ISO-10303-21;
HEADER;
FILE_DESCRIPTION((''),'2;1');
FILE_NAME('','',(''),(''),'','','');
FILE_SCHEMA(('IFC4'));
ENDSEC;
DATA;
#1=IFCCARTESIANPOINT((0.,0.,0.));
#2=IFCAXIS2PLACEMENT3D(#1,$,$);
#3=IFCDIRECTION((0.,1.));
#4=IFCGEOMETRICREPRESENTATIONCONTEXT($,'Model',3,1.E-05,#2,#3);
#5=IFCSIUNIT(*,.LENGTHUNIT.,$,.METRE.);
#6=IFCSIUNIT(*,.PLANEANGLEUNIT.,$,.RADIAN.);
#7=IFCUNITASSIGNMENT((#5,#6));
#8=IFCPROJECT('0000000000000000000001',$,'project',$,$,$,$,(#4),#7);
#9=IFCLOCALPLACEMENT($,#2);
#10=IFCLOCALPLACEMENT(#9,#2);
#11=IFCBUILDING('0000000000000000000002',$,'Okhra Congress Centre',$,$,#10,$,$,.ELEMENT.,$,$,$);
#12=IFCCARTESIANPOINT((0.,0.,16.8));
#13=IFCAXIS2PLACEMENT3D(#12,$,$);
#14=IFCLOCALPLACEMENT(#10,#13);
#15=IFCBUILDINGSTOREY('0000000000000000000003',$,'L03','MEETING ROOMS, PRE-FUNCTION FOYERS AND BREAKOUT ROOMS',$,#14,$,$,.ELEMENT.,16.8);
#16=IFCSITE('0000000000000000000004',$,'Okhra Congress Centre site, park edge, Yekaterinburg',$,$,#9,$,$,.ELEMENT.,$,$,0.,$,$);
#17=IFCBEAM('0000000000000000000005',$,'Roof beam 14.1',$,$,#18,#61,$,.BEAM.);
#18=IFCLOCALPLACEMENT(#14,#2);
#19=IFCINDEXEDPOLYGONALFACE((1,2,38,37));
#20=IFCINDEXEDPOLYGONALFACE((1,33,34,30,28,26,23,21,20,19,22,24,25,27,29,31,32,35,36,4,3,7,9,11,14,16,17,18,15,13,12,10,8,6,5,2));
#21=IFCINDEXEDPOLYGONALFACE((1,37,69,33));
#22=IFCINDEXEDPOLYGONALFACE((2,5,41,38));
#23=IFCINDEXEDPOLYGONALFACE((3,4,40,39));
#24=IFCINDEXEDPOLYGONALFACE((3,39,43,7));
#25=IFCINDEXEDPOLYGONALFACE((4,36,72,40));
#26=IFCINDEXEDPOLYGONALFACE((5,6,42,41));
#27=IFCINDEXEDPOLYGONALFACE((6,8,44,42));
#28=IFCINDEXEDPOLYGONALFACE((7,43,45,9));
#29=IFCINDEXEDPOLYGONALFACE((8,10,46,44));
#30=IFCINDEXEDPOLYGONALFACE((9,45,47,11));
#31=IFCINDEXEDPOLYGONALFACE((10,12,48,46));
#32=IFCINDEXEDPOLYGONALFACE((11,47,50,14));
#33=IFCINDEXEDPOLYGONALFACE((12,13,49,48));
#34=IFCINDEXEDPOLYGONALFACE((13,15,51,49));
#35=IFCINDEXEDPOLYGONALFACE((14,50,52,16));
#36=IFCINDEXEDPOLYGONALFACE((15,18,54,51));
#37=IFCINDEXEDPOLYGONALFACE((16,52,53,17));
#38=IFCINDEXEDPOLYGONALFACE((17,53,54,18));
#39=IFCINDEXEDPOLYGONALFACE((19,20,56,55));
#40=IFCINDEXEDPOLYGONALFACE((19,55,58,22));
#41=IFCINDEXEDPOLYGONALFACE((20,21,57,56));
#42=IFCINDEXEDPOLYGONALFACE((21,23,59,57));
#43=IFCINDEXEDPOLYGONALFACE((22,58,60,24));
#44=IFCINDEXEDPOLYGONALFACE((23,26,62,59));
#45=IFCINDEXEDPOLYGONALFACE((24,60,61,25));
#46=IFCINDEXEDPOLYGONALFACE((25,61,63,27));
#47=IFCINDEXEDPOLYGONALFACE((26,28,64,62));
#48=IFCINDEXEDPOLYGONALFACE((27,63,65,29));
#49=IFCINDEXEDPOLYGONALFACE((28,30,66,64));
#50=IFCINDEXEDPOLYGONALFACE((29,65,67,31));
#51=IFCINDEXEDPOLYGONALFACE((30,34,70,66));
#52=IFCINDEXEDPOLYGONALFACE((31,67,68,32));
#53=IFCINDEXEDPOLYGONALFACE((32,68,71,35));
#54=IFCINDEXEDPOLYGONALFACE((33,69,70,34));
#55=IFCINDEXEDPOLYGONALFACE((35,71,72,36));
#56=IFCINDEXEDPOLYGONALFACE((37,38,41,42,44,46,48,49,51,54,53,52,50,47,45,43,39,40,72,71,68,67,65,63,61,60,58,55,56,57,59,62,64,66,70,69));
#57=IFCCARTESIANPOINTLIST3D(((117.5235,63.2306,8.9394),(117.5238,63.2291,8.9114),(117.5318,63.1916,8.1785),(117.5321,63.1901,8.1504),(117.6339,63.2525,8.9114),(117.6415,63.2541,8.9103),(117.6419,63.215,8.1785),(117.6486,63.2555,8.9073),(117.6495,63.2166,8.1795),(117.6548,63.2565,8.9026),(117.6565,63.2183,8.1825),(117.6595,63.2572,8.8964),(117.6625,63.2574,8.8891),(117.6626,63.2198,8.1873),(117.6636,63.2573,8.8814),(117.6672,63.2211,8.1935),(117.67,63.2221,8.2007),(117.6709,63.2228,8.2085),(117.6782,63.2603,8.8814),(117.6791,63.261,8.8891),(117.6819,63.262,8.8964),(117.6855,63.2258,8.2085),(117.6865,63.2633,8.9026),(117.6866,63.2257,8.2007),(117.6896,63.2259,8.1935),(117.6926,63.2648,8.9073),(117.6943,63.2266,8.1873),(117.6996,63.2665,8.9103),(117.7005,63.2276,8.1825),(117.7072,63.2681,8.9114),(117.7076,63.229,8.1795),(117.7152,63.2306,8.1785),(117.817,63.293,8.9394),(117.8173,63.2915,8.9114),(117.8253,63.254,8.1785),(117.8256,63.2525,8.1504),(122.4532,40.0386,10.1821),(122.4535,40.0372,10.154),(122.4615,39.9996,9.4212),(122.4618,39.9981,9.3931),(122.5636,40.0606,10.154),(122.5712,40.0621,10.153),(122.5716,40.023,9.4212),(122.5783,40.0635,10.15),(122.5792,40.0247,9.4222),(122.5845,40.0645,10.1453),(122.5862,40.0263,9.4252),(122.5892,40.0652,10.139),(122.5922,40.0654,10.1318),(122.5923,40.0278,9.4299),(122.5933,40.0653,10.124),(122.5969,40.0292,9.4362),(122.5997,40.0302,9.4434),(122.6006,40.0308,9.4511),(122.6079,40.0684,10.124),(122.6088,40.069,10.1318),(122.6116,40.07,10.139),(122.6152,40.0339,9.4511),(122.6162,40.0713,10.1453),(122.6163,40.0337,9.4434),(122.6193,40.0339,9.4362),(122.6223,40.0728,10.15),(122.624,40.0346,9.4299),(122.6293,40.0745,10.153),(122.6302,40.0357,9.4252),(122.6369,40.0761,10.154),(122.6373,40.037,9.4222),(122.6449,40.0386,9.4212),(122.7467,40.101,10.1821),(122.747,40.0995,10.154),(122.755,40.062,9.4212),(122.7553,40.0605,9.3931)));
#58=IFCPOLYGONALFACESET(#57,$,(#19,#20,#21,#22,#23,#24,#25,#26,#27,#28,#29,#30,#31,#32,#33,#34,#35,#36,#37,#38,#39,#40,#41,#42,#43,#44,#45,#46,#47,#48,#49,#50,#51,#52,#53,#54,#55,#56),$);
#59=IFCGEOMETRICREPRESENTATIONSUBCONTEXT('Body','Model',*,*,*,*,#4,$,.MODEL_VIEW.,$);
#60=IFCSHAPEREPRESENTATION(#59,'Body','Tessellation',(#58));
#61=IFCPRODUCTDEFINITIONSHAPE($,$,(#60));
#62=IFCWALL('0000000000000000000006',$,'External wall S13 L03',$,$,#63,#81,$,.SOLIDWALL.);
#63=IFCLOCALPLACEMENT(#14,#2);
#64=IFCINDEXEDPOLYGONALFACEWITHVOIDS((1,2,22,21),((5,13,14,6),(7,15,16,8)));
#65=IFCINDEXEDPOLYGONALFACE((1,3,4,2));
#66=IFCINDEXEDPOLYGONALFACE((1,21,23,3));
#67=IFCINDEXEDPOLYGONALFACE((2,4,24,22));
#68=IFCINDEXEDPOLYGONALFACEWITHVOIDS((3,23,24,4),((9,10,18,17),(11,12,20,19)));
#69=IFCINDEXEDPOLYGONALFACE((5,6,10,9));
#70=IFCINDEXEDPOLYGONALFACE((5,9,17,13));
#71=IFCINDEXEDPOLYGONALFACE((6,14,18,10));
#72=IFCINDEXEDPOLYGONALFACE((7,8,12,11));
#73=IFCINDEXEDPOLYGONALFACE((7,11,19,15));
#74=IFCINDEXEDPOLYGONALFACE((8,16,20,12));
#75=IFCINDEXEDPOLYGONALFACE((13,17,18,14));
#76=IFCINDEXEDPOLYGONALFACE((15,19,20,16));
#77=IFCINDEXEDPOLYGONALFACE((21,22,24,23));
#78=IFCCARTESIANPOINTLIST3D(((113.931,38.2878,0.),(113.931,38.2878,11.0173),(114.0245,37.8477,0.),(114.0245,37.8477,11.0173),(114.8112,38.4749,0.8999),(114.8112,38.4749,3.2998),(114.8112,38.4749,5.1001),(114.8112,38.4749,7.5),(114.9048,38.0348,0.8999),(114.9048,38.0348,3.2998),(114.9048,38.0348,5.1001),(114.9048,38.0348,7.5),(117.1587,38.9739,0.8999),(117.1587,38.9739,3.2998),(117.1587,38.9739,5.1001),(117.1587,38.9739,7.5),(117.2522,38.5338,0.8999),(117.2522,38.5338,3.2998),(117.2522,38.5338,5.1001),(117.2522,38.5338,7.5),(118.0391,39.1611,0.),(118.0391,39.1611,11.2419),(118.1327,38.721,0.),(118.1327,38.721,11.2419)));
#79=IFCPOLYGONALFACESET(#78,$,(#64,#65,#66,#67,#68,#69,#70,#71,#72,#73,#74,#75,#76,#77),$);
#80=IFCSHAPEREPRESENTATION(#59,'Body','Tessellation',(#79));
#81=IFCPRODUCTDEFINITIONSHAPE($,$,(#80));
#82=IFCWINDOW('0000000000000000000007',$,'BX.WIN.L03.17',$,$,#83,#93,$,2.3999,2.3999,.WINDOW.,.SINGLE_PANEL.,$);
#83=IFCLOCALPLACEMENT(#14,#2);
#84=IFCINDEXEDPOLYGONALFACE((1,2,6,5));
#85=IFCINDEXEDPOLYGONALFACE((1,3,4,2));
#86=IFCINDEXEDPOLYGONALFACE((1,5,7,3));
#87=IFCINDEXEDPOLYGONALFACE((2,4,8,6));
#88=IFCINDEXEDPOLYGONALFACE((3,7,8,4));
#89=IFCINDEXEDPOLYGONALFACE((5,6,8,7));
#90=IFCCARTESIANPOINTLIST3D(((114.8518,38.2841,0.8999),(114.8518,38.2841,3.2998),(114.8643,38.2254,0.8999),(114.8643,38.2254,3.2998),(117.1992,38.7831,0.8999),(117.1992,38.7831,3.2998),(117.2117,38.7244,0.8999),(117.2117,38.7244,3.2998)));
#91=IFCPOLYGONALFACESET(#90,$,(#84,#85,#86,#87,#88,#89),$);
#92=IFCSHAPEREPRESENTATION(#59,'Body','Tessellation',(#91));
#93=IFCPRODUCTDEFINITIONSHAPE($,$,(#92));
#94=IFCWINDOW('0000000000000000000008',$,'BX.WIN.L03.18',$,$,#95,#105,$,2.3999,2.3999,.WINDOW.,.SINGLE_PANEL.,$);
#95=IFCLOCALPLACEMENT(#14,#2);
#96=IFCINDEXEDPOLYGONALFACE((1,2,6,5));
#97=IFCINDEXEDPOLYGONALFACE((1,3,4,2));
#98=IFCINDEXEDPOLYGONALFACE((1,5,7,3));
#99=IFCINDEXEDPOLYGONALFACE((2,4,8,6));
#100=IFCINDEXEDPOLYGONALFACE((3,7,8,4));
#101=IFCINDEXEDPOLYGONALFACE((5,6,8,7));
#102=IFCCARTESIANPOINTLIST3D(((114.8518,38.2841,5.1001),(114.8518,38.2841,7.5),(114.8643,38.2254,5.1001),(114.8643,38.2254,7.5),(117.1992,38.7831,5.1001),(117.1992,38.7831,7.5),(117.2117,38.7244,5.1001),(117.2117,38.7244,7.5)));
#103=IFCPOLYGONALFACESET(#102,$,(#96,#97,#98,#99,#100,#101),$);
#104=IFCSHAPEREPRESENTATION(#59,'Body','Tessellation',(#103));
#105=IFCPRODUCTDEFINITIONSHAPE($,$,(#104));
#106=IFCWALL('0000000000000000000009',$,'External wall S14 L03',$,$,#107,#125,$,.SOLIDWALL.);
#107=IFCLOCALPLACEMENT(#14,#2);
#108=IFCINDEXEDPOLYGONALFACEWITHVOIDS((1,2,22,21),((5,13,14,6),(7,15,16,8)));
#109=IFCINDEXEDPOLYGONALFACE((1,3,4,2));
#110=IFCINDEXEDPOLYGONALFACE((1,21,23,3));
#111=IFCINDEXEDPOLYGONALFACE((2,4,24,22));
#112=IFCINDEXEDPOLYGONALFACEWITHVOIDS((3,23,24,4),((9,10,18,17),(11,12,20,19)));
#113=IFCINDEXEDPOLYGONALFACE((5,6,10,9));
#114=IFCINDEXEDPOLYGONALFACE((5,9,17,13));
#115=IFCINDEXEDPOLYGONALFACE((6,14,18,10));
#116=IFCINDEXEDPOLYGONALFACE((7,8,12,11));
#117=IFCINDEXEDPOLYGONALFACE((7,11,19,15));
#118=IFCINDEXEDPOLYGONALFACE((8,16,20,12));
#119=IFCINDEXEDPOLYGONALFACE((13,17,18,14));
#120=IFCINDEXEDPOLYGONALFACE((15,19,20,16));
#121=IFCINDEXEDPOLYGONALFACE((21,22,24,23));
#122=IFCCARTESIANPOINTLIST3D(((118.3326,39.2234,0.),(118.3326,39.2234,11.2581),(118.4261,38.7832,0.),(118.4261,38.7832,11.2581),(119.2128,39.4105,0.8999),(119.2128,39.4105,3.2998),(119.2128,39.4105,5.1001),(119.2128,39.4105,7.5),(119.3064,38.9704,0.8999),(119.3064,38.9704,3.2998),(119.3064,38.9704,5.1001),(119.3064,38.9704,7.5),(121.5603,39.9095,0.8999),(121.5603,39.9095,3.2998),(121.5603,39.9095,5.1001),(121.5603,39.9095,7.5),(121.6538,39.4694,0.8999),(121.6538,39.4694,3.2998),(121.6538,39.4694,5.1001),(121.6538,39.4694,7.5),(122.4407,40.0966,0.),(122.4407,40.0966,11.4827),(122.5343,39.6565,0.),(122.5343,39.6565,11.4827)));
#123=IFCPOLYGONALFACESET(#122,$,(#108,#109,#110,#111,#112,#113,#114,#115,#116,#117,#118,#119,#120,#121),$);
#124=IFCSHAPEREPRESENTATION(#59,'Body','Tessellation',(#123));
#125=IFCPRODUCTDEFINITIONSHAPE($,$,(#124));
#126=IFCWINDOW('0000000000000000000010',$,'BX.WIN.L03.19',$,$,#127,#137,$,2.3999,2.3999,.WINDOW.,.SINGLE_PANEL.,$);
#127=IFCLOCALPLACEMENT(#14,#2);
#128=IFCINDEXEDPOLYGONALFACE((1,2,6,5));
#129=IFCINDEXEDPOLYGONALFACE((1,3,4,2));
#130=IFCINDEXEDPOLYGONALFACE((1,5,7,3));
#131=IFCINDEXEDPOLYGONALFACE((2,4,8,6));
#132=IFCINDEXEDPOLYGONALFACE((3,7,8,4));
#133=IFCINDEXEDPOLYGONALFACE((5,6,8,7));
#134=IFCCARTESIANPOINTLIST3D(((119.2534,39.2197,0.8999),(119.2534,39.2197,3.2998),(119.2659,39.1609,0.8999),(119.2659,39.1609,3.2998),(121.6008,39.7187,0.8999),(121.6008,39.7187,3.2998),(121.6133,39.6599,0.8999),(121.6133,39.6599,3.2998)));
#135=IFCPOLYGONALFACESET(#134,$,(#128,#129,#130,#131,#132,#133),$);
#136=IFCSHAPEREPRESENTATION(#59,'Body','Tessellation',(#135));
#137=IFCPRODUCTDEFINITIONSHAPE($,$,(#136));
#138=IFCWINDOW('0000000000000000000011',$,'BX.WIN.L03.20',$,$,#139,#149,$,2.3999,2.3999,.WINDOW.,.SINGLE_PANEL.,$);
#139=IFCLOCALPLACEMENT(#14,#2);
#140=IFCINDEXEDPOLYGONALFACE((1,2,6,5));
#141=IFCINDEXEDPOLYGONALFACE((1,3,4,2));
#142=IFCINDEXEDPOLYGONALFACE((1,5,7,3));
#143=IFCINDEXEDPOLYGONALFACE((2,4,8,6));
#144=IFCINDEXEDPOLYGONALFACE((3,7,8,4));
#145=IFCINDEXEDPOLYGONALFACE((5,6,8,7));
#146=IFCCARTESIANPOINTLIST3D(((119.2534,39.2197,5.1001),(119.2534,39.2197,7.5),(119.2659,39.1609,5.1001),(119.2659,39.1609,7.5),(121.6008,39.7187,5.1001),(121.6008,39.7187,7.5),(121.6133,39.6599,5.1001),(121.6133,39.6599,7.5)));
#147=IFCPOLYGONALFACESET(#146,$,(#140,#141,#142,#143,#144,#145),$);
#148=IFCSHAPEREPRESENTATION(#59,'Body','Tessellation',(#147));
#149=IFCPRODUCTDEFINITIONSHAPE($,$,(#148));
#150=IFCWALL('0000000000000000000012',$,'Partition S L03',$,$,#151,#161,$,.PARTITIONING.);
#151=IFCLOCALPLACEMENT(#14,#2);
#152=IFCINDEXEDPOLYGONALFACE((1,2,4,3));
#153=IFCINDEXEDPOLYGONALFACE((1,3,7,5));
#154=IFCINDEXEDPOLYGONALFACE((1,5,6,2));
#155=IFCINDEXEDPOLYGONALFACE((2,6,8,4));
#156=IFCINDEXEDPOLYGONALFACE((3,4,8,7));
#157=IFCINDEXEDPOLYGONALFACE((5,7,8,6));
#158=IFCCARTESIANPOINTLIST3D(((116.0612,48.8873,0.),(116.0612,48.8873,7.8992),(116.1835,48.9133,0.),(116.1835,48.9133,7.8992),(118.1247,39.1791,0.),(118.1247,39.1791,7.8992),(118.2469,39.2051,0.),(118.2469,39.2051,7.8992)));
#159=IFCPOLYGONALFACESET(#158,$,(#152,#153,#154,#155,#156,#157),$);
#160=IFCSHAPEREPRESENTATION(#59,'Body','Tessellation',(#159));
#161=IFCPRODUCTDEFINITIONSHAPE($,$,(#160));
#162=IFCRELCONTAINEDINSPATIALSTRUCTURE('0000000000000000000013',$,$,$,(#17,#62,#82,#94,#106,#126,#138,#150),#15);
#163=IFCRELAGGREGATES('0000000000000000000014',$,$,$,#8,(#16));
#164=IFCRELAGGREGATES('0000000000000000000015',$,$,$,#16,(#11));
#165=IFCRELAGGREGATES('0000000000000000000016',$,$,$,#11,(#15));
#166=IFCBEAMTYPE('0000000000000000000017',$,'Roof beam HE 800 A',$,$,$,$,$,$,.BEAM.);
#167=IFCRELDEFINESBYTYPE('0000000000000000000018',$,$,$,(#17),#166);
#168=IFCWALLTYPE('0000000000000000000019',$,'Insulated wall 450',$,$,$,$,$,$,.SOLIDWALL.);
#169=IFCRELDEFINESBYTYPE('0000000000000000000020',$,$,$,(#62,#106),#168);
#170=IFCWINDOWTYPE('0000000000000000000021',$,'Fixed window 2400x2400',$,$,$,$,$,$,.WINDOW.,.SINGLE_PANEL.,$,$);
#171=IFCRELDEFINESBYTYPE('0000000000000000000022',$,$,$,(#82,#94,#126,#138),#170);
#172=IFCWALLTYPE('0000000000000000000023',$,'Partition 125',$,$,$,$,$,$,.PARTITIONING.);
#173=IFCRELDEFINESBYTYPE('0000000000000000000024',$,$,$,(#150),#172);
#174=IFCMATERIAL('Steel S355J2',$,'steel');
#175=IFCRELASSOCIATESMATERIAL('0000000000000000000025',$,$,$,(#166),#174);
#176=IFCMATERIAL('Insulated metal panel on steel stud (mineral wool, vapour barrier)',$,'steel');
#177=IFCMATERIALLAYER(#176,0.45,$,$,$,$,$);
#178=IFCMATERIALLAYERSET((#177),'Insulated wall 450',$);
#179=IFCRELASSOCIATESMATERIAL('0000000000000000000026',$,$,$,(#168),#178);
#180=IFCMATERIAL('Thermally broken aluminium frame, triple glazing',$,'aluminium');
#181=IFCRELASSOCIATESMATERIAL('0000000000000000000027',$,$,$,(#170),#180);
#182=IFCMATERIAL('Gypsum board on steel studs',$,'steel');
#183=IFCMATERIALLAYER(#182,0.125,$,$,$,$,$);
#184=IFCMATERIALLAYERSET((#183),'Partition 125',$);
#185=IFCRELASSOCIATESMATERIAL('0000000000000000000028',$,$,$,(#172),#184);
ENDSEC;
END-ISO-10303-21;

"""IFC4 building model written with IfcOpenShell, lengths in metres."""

from ifc_helpers import new_model, si_unit, direction, frame, frame_2d, origin, origin_2d, place, context, subcontext, project, spatial, polyline, rectangle, i_section, outline, extrude, material, layer, layer_set, material_profile, profile_set, type_object, element, fill, save


model = new_model("IFC4")

# Units and contexts
model_context = context("Model", 3, precision=1e-05, world=origin(), true_north=direction((0.0, 1.0)))
body_context = subcontext(model_context, "Body", "Model", "MODEL_VIEW")
ifc_project = project(units=[si_unit("LENGTHUNIT", "METRE"), si_unit("PLANEANGLEUNIT", "RADIAN")], contexts=[model_context])

# Site, building, storey
site_placement = place(None, origin())
site = spatial("IfcSite", under=ifc_project, at=site_placement, Name="Okhra Congress Centre site, park edge, Yekaterinburg", CompositionType="ELEMENT", RefElevation=0.0)
building_placement = place(site_placement, origin())
building = spatial("IfcBuilding", under=site, at=building_placement, Name="Okhra Congress Centre", CompositionType="ELEMENT")
storey_placement = place(building_placement, frame((0.0, 0.0, 16.8)))
storey = spatial("IfcBuildingStorey", under=building, at=storey_placement, Name="L03", Description="MEETING ROOMS, PRE-FUNCTION FOYERS AND BREAKOUT ROOMS", CompositionType="ELEMENT", Elevation=16.8)

# Shared definitions
ifc_material_1 = material(Name="Steel S355J2", Category="steel")

# Beam
ifc_material_profile_1 = material_profile(ifc_material_1, i_section(OverallWidth=0.3, OverallDepth=0.79, WebThickness=0.0149, FlangeThickness=0.0281, FilletRadius=0.03, at=origin_2d()), Name="HE 800 A")
ifc_profile_set_1 = profile_set([ifc_material_profile_1], Name="Steel S355J2")
beam_type = type_object("IfcBeamType", Name="Roof beam HE 800 A", PredefinedType="BEAM", material=ifc_profile_set_1)
beam_1_placement = place(storey_placement, frame((122.6042, 40.0496, 9.7876), z_axis=(-0.207631, 0.976806, -0.05234), x_axis=(-0.978147, -0.207916, 0.0)))
element("IfcBeam", 1, at=beam_1_placement, inside=storey, type_object=beam_type, Name="Roof beam 14.1", PredefinedType="BEAM", context=body_context, shape_type="SweptSolid", body=[
    extrude(i_section(OverallWidth=0.3, OverallDepth=0.79, WebThickness=0.0149, FlangeThickness=0.0281, FilletRadius=0.03, at=origin_2d()), origin(), (0.0, 0.0, 1.0), 23.7427),
])

# Walls, openings, windows
ifc_material_2 = material(Name="Insulated metal panel on steel stud (mineral wool, vapour barrier)", Category="steel")
ifc_layer_1 = layer(ifc_material_2, 0.45)
ifc_layer_set_1 = layer_set([ifc_layer_1], Name="Insulated wall 450")
wall_type_1 = type_object("IfcWallType", Name="Insulated wall 450", PredefinedType="SOLIDWALL", material=ifc_layer_set_1)
wall_1_placement = place(storey_placement, frame((113.9778, 38.0676, 0.0), z_axis=(0.0, 0.0, 1.0), x_axis=(0.978144, 0.207929, 0.0)))
wall_1 = element("IfcWall", 2, at=wall_1_placement, inside=storey, type_object=wall_type_1, Name="External wall S13 L03", PredefinedType="SOLIDWALL", context=body_context, shape_type="SweptSolid", body=[
    extrude(outline(polyline([(0.0, 0.0), (4.2, 0.0), (4.2, 11.2419), (0.0, 11.0173), (0.0, 0.0)])), frame((0.0, 0.2251, 0.0), z_axis=(0.0, -1.0, 0.0), x_axis=(1.0, 0.0, 0.0)), (0.0, 0.0, 1.0), 0.45),
])
opening_1_placement = place(wall_1_placement, frame((0.8999, 0.0, 0.8999)))
opening_1 = element("IfcOpeningElement", 3, at=opening_1_placement, cuts=wall_1, PredefinedType="OPENING", context=body_context, shape_type="SweptSolid", body=[
    extrude(rectangle(XDim=2.3999, YDim=2.3999, at=frame_2d((1.2, 1.2))), frame((0.0, 0.2349, 0.0), z_axis=(0.0, -1.0, 0.0), x_axis=(1.0, 0.0, 0.0)), (0.0, 0.0, 1.0), 0.47),
])
opening_2_placement = place(wall_1_placement, frame((0.8999, 0.0, 5.1001)))
opening_2 = element("IfcOpeningElement", 4, at=opening_2_placement, cuts=wall_1, PredefinedType="OPENING", context=body_context, shape_type="SweptSolid", body=[
    extrude(rectangle(XDim=2.3999, YDim=2.3999, at=frame_2d((1.2, 1.2))), frame((0.0, 0.2349, 0.0), z_axis=(0.0, -1.0, 0.0), x_axis=(1.0, 0.0, 0.0)), (0.0, 0.0, 1.0), 0.47),
])
ifc_material_3 = material(Name="Thermally broken aluminium frame, triple glazing", Category="aluminium")
window_type = type_object("IfcWindowType", Name="Fixed window 2400x2400", PartitioningType="SINGLE_PANEL", PredefinedType="WINDOW", material=ifc_material_3)
window_1_placement = place(opening_1_placement, origin())
window_1 = element("IfcWindow", 5, at=window_1_placement, inside=storey, type_object=window_type, Name="BX.WIN.L03.17", OverallHeight=2.3999, OverallWidth=2.3999, PartitioningType="SINGLE_PANEL", PredefinedType="WINDOW", context=body_context, shape_type="SweptSolid", body=[
    extrude(rectangle(XDim=2.3999, YDim=2.3999, at=frame_2d((1.2, 1.2))), frame((0.0, 0.03, 0.0), z_axis=(0.0, -1.0, 0.0), x_axis=(1.0, 0.0, 0.0)), (0.0, 0.0, 1.0), 0.0601),
])
fill(opening_1, window_1)
window_2_placement = place(opening_2_placement, origin())
window_2 = element("IfcWindow", 6, at=window_2_placement, inside=storey, type_object=window_type, Name="BX.WIN.L03.18", OverallHeight=2.3999, OverallWidth=2.3999, PartitioningType="SINGLE_PANEL", PredefinedType="WINDOW", context=body_context, shape_type="SweptSolid", body=[
    extrude(rectangle(XDim=2.3999, YDim=2.3999, at=frame_2d((1.2, 1.2))), frame((0.0, 0.03, 0.0), z_axis=(0.0, -1.0, 0.0), x_axis=(1.0, 0.0, 0.0)), (0.0, 0.0, 1.0), 0.0601),
])
fill(opening_2, window_2)
wall_2_placement = place(storey_placement, frame((118.3794, 39.0032, 0.0), z_axis=(0.0, 0.0, 1.0), x_axis=(0.978144, 0.207929, 0.0)))
wall_2 = element("IfcWall", 7, at=wall_2_placement, inside=storey, type_object=wall_type_1, Name="External wall S14 L03", PredefinedType="SOLIDWALL", context=body_context, shape_type="SweptSolid", body=[
    extrude(outline(polyline([(0.0, 0.0), (4.2, 0.0), (4.2, 11.4827), (0.0, 11.2581), (0.0, 0.0)])), frame((0.0, 0.2251, 0.0), z_axis=(0.0, -1.0, 0.0), x_axis=(1.0, 0.0, 0.0)), (0.0, 0.0, 1.0), 0.45),
])
opening_3_placement = place(wall_2_placement, frame((0.8999, 0.0, 0.8999)))
opening_3 = element("IfcOpeningElement", 8, at=opening_3_placement, cuts=wall_2, PredefinedType="OPENING", context=body_context, shape_type="SweptSolid", body=[
    extrude(rectangle(XDim=2.3999, YDim=2.3999, at=frame_2d((1.2, 1.2))), frame((0.0, 0.2349, 0.0), z_axis=(0.0, -1.0, 0.0), x_axis=(1.0, 0.0, 0.0)), (0.0, 0.0, 1.0), 0.47),
])
opening_4_placement = place(wall_2_placement, frame((0.8999, 0.0, 5.1001)))
opening_4 = element("IfcOpeningElement", 9, at=opening_4_placement, cuts=wall_2, PredefinedType="OPENING", context=body_context, shape_type="SweptSolid", body=[
    extrude(rectangle(XDim=2.3999, YDim=2.3999, at=frame_2d((1.2, 1.2))), frame((0.0, 0.2349, 0.0), z_axis=(0.0, -1.0, 0.0), x_axis=(1.0, 0.0, 0.0)), (0.0, 0.0, 1.0), 0.47),
])
window_3_placement = place(opening_3_placement, origin())
window_3 = element("IfcWindow", 10, at=window_3_placement, inside=storey, type_object=window_type, Name="BX.WIN.L03.19", OverallHeight=2.3999, OverallWidth=2.3999, PartitioningType="SINGLE_PANEL", PredefinedType="WINDOW", context=body_context, shape_type="SweptSolid", body=[
    extrude(rectangle(XDim=2.3999, YDim=2.3999, at=frame_2d((1.2, 1.2))), frame((0.0, 0.03, 0.0), z_axis=(0.0, -1.0, 0.0), x_axis=(1.0, 0.0, 0.0)), (0.0, 0.0, 1.0), 0.0601),
])
fill(opening_3, window_3)
window_4_placement = place(opening_4_placement, origin())
window_4 = element("IfcWindow", 11, at=window_4_placement, inside=storey, type_object=window_type, Name="BX.WIN.L03.20", OverallHeight=2.3999, OverallWidth=2.3999, PartitioningType="SINGLE_PANEL", PredefinedType="WINDOW", context=body_context, shape_type="SweptSolid", body=[
    extrude(rectangle(XDim=2.3999, YDim=2.3999, at=frame_2d((1.2, 1.2))), frame((0.0, 0.03, 0.0), z_axis=(0.0, -1.0, 0.0), x_axis=(1.0, 0.0, 0.0)), (0.0, 0.0, 1.0), 0.0601),
])
fill(opening_4, window_4)

# Wall
ifc_material_4 = material(Name="Gypsum board on steel studs", Category="steel")
ifc_layer_2 = layer(ifc_material_4, 0.125)
ifc_layer_set_2 = layer_set([ifc_layer_2], Name="Partition 125")
wall_type_2 = type_object("IfcWallType", Name="Partition 125", PredefinedType="PARTITIONING", material=ifc_layer_set_2)
wall_3_placement = place(storey_placement, frame((118.1858, 39.1921, 0.0), z_axis=(0.0, 0.0, 1.0), x_axis=(-0.207904, 0.978149, 0.0)))
element("IfcWall", 12, at=wall_3_placement, inside=storey, type_object=wall_type_2, Name="Partition S L03", PredefinedType="PARTITIONING", context=body_context, shape_type="SweptSolid", body=[
    extrude(outline(polyline([(0.0, 0.0), (9.925, 0.0), (9.925, 7.8992), (0.0, 7.8992), (0.0, 0.0)])), frame((0.0, 0.0625, 0.0), z_axis=(0.0, -1.0, 0.0), x_axis=(1.0, 0.0, 0.0)), (0.0, 0.0, 1.0), 0.125),
])

save(model, "model.ifc")
